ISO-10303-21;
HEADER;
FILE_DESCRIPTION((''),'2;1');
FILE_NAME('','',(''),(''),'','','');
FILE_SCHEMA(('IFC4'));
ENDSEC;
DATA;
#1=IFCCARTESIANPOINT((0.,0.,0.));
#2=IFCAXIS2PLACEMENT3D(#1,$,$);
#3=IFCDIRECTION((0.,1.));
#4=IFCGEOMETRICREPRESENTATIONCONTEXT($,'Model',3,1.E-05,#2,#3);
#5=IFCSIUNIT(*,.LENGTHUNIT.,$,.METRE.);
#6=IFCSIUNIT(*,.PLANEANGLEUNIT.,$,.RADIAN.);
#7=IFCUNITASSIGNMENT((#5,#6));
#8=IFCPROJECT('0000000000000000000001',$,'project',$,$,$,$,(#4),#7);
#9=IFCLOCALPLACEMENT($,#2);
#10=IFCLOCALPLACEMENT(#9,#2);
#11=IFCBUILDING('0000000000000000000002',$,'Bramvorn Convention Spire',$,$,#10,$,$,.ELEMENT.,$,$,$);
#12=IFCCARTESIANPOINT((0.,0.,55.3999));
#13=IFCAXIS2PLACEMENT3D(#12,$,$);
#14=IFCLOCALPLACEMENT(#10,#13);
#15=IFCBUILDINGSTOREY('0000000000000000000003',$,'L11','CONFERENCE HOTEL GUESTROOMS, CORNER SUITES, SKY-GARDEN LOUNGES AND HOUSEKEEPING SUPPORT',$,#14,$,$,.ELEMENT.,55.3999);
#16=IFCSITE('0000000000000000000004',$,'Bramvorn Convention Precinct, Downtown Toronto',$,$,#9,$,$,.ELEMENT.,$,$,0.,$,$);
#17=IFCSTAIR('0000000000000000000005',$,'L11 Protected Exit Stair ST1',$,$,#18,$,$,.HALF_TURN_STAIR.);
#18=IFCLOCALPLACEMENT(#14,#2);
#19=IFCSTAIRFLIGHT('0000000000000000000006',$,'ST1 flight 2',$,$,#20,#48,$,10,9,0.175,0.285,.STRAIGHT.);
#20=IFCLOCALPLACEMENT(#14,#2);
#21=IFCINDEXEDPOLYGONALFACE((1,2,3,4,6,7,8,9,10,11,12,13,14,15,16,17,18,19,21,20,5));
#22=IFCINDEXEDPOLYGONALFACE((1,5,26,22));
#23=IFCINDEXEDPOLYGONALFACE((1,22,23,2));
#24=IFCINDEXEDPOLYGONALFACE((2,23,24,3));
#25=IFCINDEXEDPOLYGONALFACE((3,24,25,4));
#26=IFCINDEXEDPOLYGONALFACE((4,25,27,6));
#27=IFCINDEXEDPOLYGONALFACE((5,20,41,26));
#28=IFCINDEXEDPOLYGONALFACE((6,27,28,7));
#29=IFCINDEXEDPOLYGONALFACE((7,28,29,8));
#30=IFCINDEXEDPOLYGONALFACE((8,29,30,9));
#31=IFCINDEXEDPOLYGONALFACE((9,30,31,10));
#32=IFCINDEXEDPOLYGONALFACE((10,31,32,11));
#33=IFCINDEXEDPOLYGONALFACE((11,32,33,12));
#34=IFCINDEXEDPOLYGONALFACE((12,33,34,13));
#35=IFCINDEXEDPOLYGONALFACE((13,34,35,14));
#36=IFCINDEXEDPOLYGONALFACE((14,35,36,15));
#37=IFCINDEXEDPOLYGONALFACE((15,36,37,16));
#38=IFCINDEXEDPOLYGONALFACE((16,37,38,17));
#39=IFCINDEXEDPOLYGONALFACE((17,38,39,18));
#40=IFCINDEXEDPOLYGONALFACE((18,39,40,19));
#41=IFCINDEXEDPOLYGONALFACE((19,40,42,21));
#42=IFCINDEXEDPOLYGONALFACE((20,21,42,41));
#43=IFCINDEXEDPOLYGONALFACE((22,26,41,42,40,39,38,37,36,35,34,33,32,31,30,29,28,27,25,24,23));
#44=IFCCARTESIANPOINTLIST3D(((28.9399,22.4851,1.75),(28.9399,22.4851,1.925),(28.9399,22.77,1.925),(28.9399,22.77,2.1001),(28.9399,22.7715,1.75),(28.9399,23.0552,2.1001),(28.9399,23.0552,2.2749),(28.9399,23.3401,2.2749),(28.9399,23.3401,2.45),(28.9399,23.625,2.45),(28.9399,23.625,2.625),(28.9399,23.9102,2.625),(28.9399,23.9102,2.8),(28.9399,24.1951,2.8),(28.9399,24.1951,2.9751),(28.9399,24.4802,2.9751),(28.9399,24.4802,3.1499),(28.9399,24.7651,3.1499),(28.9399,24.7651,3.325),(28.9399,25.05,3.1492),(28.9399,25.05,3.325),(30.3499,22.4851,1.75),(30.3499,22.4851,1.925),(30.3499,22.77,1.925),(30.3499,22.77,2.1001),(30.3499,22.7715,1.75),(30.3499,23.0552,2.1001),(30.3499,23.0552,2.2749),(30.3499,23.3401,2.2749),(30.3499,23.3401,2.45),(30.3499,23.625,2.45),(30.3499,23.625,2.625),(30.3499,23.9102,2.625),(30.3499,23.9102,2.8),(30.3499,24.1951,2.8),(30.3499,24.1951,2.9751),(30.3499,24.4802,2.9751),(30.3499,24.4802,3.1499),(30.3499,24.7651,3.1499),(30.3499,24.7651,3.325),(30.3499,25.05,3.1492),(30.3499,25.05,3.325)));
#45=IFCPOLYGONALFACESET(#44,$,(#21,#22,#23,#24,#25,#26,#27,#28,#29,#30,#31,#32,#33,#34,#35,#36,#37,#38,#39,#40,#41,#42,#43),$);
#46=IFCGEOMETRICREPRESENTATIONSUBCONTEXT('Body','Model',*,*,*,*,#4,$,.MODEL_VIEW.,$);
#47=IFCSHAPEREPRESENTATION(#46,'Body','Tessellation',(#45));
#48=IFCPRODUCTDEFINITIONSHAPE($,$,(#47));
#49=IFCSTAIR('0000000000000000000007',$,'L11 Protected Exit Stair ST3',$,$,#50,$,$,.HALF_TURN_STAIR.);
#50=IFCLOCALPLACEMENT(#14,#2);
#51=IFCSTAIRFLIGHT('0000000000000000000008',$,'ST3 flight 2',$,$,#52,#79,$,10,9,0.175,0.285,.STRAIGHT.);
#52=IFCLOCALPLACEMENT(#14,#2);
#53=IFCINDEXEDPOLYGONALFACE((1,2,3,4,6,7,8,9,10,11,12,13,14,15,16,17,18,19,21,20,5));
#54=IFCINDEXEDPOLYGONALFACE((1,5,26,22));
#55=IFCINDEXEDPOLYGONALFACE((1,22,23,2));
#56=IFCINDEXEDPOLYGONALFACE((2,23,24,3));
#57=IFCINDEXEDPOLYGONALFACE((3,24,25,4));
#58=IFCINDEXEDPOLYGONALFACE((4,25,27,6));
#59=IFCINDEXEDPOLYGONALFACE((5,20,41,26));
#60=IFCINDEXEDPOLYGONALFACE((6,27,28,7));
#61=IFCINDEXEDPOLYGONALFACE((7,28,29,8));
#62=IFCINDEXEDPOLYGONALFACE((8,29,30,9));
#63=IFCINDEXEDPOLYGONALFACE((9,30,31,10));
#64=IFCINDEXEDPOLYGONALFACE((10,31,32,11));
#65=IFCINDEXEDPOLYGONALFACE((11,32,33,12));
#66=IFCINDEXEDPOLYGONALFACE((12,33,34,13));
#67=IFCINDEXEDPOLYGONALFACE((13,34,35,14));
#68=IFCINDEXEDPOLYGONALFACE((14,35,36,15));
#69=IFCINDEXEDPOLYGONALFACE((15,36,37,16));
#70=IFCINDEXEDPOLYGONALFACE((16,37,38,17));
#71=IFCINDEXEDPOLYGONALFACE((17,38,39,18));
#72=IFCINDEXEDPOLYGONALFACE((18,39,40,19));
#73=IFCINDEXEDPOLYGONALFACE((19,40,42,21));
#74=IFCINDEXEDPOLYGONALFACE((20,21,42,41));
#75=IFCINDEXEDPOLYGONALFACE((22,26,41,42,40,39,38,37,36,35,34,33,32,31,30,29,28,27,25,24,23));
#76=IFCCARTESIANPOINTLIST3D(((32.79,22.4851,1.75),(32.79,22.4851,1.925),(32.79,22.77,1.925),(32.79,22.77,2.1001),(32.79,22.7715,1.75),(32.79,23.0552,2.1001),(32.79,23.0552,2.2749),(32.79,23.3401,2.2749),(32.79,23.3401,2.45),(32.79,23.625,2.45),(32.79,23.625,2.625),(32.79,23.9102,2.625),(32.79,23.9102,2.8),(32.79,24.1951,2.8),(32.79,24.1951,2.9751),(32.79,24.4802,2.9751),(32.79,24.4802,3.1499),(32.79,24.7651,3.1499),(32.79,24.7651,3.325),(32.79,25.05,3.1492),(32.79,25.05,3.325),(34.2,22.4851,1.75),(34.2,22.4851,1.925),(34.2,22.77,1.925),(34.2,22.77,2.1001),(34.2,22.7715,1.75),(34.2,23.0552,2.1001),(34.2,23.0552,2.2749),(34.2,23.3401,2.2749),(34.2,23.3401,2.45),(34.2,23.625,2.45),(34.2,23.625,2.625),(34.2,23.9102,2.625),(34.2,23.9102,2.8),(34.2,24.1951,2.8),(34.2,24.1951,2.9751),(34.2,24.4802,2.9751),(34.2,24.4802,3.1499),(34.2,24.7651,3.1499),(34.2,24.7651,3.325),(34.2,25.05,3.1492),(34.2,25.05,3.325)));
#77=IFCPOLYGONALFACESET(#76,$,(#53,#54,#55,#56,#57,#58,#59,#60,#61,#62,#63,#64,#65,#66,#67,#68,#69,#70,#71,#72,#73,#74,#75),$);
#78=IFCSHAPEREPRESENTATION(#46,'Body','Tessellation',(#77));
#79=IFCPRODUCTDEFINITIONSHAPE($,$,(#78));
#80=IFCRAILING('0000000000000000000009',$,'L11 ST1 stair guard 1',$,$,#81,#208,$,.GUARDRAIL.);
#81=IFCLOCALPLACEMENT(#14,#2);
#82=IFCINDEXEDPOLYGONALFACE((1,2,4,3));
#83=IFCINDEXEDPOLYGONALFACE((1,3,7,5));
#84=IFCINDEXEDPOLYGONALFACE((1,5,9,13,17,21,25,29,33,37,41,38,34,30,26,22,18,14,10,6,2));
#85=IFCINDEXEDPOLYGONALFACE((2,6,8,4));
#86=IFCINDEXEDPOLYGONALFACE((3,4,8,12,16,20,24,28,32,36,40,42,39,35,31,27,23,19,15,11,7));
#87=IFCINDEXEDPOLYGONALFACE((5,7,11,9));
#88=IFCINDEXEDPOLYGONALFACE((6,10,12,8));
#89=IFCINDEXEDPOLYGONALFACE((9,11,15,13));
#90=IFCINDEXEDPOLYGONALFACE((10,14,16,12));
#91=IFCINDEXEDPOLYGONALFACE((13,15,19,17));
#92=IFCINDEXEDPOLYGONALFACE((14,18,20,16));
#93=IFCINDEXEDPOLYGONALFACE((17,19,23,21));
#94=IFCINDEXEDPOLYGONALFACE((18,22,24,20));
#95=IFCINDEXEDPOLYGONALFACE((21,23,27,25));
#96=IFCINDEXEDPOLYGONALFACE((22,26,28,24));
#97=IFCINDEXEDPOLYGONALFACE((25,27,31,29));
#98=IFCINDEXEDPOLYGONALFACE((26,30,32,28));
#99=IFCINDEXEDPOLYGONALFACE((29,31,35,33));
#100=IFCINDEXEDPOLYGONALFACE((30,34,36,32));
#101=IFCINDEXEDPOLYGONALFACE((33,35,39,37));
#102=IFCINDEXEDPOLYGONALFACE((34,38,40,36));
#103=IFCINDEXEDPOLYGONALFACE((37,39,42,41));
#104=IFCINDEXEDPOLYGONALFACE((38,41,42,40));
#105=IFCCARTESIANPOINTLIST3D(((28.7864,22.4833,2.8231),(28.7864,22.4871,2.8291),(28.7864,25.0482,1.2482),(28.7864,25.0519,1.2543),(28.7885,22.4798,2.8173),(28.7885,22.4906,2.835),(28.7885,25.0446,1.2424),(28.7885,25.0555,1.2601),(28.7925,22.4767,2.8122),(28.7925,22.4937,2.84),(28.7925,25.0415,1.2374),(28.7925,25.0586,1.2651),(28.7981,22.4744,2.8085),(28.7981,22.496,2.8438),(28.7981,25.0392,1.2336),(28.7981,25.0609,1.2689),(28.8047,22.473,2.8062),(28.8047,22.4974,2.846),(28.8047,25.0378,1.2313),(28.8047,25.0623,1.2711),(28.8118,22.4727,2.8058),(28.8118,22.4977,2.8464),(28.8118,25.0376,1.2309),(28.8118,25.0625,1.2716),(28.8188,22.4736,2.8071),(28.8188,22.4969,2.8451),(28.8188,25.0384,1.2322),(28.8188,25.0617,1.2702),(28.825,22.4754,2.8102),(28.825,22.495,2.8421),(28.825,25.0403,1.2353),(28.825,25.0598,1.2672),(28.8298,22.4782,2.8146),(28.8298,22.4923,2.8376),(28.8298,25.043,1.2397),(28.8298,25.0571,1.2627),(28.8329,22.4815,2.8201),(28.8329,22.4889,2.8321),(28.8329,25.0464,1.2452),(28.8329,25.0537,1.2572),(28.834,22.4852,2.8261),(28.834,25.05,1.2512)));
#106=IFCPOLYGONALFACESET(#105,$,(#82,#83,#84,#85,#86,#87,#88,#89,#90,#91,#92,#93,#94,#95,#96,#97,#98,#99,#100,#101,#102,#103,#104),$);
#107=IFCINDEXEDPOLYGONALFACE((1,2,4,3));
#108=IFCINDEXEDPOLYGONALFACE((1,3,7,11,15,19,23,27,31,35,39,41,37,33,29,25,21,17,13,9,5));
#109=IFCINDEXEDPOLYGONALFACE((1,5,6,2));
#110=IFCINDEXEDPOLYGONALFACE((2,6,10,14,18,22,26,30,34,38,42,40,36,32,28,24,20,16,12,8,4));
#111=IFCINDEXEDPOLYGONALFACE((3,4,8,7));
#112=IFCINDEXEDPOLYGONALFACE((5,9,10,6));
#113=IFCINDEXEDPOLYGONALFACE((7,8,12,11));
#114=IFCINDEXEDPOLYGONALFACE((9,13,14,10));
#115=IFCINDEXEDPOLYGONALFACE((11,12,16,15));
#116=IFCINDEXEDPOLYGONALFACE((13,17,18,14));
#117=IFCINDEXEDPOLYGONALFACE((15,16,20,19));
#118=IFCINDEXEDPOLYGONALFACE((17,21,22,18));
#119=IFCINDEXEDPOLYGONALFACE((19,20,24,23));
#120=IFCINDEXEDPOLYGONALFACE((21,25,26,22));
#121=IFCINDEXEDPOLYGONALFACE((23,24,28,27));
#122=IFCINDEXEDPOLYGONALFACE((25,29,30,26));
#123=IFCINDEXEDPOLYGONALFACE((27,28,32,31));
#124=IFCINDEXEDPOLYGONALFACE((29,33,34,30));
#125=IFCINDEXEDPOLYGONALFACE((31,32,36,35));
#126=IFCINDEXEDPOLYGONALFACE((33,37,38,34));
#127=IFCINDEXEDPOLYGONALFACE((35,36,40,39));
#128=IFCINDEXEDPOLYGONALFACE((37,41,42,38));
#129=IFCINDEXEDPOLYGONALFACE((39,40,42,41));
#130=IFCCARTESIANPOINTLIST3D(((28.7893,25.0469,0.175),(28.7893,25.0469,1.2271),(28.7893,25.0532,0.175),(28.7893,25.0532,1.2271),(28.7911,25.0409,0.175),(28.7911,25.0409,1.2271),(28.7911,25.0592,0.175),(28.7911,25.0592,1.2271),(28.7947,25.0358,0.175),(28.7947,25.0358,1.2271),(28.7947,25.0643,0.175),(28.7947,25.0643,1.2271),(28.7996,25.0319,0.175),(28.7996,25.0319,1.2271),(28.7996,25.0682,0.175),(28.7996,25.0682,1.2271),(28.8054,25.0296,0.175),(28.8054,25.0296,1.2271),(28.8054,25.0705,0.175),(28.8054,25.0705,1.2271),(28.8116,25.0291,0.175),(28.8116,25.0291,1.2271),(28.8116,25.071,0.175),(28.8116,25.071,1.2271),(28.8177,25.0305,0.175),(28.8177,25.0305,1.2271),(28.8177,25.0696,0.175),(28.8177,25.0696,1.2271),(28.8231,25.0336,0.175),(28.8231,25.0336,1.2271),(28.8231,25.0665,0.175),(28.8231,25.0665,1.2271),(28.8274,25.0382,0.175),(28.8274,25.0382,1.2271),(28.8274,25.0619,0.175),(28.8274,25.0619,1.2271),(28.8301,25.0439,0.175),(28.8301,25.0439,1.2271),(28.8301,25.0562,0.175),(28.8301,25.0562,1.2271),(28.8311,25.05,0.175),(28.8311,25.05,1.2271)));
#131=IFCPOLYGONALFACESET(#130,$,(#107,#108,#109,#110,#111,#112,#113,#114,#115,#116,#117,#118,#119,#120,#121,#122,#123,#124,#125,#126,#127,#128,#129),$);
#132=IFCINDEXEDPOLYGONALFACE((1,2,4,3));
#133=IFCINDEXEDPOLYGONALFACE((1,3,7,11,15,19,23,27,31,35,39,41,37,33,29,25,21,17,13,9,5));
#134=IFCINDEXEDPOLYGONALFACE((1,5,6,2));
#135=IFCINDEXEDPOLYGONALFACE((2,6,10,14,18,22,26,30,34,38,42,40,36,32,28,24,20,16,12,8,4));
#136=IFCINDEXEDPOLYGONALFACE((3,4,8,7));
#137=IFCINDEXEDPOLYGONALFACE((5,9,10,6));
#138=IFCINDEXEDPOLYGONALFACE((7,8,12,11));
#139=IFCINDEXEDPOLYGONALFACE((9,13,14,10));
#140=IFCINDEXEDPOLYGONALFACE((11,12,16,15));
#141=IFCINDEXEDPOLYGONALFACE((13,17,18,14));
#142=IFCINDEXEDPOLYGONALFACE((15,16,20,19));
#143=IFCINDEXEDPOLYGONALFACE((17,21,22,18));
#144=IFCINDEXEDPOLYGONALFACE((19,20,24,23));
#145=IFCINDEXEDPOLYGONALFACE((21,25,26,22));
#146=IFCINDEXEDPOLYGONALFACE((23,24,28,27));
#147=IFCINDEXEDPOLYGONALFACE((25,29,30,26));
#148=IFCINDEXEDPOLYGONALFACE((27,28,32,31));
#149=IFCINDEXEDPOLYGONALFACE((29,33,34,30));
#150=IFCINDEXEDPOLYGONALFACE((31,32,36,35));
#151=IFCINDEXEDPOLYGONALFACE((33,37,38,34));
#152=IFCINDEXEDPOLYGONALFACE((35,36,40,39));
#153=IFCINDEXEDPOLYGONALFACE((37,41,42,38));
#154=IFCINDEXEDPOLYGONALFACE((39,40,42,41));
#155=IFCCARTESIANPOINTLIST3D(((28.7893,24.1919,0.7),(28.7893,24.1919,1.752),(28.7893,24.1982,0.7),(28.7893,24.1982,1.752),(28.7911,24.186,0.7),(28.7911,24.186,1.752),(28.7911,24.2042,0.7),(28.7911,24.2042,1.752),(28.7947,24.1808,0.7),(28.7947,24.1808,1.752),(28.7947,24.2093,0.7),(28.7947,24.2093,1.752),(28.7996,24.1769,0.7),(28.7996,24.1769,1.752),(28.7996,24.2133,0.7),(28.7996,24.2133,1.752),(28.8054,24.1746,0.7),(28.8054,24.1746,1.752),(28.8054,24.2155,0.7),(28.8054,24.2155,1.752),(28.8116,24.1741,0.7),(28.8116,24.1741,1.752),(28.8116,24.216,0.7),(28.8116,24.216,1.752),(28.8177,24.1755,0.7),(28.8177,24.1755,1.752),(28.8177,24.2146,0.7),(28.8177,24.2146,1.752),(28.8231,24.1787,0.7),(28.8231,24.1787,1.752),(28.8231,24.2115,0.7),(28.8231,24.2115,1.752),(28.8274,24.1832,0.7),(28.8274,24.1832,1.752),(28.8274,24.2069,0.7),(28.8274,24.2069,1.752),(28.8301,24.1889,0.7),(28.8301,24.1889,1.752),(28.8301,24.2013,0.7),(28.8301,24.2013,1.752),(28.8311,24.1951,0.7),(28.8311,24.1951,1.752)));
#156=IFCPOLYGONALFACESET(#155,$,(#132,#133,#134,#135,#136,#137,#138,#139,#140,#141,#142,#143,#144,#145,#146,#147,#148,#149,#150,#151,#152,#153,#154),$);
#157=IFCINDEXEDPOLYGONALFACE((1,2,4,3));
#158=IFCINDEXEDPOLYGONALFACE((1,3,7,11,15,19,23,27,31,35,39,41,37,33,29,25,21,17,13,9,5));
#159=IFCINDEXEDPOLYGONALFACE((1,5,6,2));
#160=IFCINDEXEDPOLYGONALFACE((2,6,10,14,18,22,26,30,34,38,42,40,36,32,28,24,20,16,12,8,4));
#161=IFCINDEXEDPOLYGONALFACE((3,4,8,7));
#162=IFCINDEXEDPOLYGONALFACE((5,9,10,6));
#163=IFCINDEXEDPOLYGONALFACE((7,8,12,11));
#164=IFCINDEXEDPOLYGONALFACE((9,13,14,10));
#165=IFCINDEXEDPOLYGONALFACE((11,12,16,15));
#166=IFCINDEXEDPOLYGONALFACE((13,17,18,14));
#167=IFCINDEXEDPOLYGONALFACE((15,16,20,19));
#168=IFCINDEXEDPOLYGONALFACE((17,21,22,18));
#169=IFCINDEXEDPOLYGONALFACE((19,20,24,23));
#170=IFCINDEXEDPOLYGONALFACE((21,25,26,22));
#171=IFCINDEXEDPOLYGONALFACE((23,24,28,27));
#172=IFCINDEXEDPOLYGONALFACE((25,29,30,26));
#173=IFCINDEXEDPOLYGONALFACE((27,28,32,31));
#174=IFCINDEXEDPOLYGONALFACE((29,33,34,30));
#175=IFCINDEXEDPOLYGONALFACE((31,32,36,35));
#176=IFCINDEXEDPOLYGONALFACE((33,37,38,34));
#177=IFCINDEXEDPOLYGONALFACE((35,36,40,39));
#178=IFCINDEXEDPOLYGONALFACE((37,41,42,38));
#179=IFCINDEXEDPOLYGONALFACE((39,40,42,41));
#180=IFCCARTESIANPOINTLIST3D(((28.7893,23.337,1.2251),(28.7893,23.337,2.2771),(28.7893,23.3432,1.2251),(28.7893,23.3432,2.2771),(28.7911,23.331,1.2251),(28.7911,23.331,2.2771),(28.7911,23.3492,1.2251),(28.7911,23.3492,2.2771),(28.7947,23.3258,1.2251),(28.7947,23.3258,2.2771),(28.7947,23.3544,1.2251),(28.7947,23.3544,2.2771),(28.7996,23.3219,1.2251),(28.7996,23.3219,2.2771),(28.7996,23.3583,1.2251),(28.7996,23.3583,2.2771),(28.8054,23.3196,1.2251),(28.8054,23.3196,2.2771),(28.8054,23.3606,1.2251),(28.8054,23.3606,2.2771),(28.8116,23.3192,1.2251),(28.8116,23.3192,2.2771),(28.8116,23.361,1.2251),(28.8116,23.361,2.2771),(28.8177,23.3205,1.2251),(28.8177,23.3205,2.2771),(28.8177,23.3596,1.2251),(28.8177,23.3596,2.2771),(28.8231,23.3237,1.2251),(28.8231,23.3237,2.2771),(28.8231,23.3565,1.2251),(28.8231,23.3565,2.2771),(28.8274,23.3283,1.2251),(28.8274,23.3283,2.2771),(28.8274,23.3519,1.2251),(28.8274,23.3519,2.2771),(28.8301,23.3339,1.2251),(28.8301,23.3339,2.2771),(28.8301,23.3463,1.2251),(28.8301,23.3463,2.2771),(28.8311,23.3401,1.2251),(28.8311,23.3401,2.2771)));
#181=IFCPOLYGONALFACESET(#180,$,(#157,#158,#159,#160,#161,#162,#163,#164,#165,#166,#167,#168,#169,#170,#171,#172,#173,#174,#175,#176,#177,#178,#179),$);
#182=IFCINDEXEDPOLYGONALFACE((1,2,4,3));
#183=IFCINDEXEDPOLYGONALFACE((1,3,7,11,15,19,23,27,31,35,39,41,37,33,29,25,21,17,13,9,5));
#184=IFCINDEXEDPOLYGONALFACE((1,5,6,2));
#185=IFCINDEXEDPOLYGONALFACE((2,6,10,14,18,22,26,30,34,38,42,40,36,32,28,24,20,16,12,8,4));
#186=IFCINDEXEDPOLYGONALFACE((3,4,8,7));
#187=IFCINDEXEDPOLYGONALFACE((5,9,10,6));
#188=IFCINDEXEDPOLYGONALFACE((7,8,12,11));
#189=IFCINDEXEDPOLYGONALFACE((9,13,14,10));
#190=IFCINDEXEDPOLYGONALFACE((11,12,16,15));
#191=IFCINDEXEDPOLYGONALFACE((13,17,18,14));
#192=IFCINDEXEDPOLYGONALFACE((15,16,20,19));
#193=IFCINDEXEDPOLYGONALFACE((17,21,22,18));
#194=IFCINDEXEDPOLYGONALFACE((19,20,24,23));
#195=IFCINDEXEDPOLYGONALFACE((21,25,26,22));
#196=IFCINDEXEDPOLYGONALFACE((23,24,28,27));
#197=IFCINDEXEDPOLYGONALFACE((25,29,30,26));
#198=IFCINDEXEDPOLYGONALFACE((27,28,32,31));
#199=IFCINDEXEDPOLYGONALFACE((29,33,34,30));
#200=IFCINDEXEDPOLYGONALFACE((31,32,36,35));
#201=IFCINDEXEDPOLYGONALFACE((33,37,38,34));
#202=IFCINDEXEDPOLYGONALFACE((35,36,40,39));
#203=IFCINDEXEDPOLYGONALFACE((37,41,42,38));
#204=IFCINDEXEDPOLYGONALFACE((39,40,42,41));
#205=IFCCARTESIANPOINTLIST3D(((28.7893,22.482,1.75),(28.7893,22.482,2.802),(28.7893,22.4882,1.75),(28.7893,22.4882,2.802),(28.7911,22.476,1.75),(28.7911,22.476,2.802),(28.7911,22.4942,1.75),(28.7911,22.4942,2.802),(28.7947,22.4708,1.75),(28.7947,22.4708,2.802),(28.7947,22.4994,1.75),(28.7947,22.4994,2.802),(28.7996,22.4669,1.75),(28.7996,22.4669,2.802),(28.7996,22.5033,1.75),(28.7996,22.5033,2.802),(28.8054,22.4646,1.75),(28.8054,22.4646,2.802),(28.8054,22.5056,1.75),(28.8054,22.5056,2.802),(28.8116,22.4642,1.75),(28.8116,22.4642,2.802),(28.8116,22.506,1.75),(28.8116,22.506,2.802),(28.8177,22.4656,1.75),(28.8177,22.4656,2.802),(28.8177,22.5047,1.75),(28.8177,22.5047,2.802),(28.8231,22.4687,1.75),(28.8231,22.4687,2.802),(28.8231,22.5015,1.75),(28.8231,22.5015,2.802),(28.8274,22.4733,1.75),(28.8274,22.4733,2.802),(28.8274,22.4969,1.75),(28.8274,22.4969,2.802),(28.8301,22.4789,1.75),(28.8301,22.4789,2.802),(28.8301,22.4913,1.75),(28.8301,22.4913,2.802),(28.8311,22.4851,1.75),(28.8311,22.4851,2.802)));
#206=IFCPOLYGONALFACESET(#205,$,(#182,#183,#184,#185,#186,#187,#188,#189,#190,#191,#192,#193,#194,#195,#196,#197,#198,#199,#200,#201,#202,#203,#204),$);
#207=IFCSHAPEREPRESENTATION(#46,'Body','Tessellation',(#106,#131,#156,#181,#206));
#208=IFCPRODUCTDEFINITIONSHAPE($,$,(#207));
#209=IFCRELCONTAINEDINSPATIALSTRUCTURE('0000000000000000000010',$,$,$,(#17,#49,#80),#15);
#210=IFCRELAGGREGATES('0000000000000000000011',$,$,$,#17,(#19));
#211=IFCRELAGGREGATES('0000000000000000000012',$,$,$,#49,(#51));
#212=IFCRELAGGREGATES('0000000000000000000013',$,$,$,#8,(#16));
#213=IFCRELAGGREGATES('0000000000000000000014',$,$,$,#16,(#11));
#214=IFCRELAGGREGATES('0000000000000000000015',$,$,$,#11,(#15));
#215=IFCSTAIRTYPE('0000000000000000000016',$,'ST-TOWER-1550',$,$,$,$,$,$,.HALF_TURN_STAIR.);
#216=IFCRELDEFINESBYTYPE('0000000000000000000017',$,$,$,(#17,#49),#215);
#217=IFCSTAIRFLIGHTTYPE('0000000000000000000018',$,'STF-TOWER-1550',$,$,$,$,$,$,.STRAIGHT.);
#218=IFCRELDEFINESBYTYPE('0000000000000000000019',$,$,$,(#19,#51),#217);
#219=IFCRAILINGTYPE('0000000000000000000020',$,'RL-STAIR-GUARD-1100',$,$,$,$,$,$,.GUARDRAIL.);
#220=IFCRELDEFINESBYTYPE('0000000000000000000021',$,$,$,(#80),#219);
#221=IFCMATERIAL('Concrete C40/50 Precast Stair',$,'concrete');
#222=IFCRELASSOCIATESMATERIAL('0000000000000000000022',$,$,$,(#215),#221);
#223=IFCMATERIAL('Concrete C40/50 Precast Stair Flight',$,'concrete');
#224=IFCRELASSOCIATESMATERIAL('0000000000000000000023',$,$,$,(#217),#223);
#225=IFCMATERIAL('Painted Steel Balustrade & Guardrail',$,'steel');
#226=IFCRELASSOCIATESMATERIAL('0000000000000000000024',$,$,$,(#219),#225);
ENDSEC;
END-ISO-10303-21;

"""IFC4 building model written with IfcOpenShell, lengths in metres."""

from ifc_helpers import new_model, si_unit, direction, frame, origin, origin_2d, place, context, subcontext, project, spatial, polyline, circle, outline, extrude, material, type_object, element, aggregate, save


model = new_model("IFC4")

# Units and contexts
model_context = context("Model", 3, precision=1e-05, world=origin(), true_north=direction((0.0, 1.0)))
body_context = subcontext(model_context, "Body", "Model", "MODEL_VIEW")
ifc_project = project(units=[si_unit("LENGTHUNIT", "METRE"), si_unit("PLANEANGLEUNIT", "RADIAN")], contexts=[model_context])

# Site, building, storey
site_placement = place(None, origin())
site = spatial("IfcSite", under=ifc_project, at=site_placement, Name="Bramvorn Convention Precinct, Downtown Toronto", CompositionType="ELEMENT", RefElevation=0.0)
building_placement = place(site_placement, origin())
building = spatial("IfcBuilding", under=site, at=building_placement, Name="Bramvorn Convention Spire", CompositionType="ELEMENT")
storey_placement = place(building_placement, frame((0.0, 0.0, 55.3999)))
storey = spatial("IfcBuildingStorey", under=building, at=storey_placement, Name="L11", Description="CONFERENCE HOTEL GUESTROOMS, CORNER SUITES, SKY-GARDEN LOUNGES AND HOUSEKEEPING SUPPORT", CompositionType="ELEMENT", Elevation=55.3999)

# Stair, stair flight
ifc_material_1 = material(Name="Concrete C40/50 Precast Stair", Category="concrete")
stair_type = type_object("IfcStairType", Name="ST-TOWER-1550", PredefinedType="HALF_TURN_STAIR", material=ifc_material_1)
stair_1_placement = place(storey_placement, origin())
stair_1 = element("IfcStair", 1, at=stair_1_placement, inside=storey, type_object=stair_type, Name="L11 Protected Exit Stair ST1", PredefinedType="HALF_TURN_STAIR")
ifc_material_2 = material(Name="Concrete C40/50 Precast Stair Flight", Category="concrete")
stair_flight_type = type_object("IfcStairFlightType", Name="STF-TOWER-1550", PredefinedType="STRAIGHT", material=ifc_material_2)
stair_flight_1_placement = place(storey_placement, frame((29.645, 22.4851, 1.75), z_axis=(0.0, 0.0, 1.0), x_axis=(0.0, 1.0, 0.0)))
stair_flight_1 = element("IfcStairFlight", 2, at=stair_flight_1_placement, type_object=stair_flight_type, Name="ST1 flight 2", NumberOfRisers=10, NumberOfTreads=9, PredefinedType="STRAIGHT", RiserHeight=0.175, TreadLength=0.285, context=body_context, shape_type="SweptSolid", body=[
    extrude(outline(polyline([(0.0, 0.0), (0.0, 0.175), (0.2849, 0.175), (0.2849, 0.3501), (0.5701, 0.3501), (0.5701, 0.5249), (0.855, 0.5249), (0.855, 0.7), (1.1399, 0.7), (1.1399, 0.875), (1.425, 0.875), (1.425, 1.05), (1.71, 1.05), (1.71, 1.2251), (1.9951, 1.2251), (1.9951, 1.3999), (2.28, 1.3999), (2.28, 1.575), (2.5649, 1.575), (2.5649, 1.75), (2.5649, 1.3992), (0.2864, 0.0), (0.0, 0.0)])), frame((0.0, 0.7051, 0.0), z_axis=(0.0, -1.0, 0.0), x_axis=(1.0, 0.0, 0.0)), (0.0, 0.0, 1.0), 1.4099),
])
aggregate(stair_1, [stair_flight_1])

# Stair, stair flight
stair_2_placement = place(storey_placement, origin())
stair_2 = element("IfcStair", 3, at=stair_2_placement, inside=storey, type_object=stair_type, Name="L11 Protected Exit Stair ST3", PredefinedType="HALF_TURN_STAIR")
stair_flight_2_placement = place(storey_placement, frame((33.4951, 22.4851, 1.75), z_axis=(0.0, 0.0, 1.0), x_axis=(0.0, 1.0, 0.0)))
stair_flight_2 = element("IfcStairFlight", 4, at=stair_flight_2_placement, type_object=stair_flight_type, Name="ST3 flight 2", NumberOfRisers=10, NumberOfTreads=9, PredefinedType="STRAIGHT", RiserHeight=0.175, TreadLength=0.285, context=body_context, shape_type="SweptSolid", body=[
    extrude(outline(polyline([(0.0, 0.0), (0.0, 0.175), (0.2849, 0.175), (0.2849, 0.3501), (0.5701, 0.3501), (0.5701, 0.5249), (0.855, 0.5249), (0.855, 0.7), (1.1399, 0.7), (1.1399, 0.875), (1.425, 0.875), (1.425, 1.05), (1.71, 1.05), (1.71, 1.2251), (1.9951, 1.2251), (1.9951, 1.3999), (2.28, 1.3999), (2.28, 1.575), (2.5649, 1.575), (2.5649, 1.75), (2.5649, 1.3992), (0.2864, 0.0), (0.0, 0.0)])), frame((0.0, 0.7051, 0.0), z_axis=(0.0, -1.0, 0.0), x_axis=(1.0, 0.0, 0.0)), (0.0, 0.0, 1.0), 1.4099),
])
aggregate(stair_2, [stair_flight_2])

# Railing
ifc_material_3 = material(Name="Painted Steel Balustrade & Guardrail", Category="steel")
railing_type_1 = type_object("IfcRailingType", Name="RL-STAIR-GUARD-1100", PredefinedType="GUARDRAIL", material=ifc_material_3)
railing_1_placement = place(storey_placement, frame((28.8101, 25.05, 0.175)))
element("IfcRailing", 5, at=railing_1_placement, inside=storey, type_object=railing_type_1, Name="L11 ST1 stair guard 1", PredefinedType="GUARDRAIL", context=body_context, shape_type="SweptSolid", body=[
    extrude(circle(Radius=0.0239, at=origin_2d()), frame((0.0, 0.0, 1.0762), z_axis=(0.0, -0.852173, 0.52326), x_axis=(1.0, 0.0, 0.0)), (0.0, 0.0, 1.0), 3.0098),
    extrude(circle(Radius=0.021, at=origin_2d()), origin(), (0.0, 0.0, 1.0), 1.052),
    extrude(circle(Radius=0.021, at=origin_2d()), frame((0.0, -0.855, 0.5249)), (0.0, 0.0, 1.0), 1.052),
    extrude(circle(Radius=0.021, at=origin_2d()), frame((0.0, -1.71, 1.05)), (0.0, 0.0, 1.0), 1.052),
    extrude(circle(Radius=0.021, at=origin_2d()), frame((0.0, -2.5649, 1.575)), (0.0, 0.0, 1.0), 1.052),
])

save(model, "model.ifc")
